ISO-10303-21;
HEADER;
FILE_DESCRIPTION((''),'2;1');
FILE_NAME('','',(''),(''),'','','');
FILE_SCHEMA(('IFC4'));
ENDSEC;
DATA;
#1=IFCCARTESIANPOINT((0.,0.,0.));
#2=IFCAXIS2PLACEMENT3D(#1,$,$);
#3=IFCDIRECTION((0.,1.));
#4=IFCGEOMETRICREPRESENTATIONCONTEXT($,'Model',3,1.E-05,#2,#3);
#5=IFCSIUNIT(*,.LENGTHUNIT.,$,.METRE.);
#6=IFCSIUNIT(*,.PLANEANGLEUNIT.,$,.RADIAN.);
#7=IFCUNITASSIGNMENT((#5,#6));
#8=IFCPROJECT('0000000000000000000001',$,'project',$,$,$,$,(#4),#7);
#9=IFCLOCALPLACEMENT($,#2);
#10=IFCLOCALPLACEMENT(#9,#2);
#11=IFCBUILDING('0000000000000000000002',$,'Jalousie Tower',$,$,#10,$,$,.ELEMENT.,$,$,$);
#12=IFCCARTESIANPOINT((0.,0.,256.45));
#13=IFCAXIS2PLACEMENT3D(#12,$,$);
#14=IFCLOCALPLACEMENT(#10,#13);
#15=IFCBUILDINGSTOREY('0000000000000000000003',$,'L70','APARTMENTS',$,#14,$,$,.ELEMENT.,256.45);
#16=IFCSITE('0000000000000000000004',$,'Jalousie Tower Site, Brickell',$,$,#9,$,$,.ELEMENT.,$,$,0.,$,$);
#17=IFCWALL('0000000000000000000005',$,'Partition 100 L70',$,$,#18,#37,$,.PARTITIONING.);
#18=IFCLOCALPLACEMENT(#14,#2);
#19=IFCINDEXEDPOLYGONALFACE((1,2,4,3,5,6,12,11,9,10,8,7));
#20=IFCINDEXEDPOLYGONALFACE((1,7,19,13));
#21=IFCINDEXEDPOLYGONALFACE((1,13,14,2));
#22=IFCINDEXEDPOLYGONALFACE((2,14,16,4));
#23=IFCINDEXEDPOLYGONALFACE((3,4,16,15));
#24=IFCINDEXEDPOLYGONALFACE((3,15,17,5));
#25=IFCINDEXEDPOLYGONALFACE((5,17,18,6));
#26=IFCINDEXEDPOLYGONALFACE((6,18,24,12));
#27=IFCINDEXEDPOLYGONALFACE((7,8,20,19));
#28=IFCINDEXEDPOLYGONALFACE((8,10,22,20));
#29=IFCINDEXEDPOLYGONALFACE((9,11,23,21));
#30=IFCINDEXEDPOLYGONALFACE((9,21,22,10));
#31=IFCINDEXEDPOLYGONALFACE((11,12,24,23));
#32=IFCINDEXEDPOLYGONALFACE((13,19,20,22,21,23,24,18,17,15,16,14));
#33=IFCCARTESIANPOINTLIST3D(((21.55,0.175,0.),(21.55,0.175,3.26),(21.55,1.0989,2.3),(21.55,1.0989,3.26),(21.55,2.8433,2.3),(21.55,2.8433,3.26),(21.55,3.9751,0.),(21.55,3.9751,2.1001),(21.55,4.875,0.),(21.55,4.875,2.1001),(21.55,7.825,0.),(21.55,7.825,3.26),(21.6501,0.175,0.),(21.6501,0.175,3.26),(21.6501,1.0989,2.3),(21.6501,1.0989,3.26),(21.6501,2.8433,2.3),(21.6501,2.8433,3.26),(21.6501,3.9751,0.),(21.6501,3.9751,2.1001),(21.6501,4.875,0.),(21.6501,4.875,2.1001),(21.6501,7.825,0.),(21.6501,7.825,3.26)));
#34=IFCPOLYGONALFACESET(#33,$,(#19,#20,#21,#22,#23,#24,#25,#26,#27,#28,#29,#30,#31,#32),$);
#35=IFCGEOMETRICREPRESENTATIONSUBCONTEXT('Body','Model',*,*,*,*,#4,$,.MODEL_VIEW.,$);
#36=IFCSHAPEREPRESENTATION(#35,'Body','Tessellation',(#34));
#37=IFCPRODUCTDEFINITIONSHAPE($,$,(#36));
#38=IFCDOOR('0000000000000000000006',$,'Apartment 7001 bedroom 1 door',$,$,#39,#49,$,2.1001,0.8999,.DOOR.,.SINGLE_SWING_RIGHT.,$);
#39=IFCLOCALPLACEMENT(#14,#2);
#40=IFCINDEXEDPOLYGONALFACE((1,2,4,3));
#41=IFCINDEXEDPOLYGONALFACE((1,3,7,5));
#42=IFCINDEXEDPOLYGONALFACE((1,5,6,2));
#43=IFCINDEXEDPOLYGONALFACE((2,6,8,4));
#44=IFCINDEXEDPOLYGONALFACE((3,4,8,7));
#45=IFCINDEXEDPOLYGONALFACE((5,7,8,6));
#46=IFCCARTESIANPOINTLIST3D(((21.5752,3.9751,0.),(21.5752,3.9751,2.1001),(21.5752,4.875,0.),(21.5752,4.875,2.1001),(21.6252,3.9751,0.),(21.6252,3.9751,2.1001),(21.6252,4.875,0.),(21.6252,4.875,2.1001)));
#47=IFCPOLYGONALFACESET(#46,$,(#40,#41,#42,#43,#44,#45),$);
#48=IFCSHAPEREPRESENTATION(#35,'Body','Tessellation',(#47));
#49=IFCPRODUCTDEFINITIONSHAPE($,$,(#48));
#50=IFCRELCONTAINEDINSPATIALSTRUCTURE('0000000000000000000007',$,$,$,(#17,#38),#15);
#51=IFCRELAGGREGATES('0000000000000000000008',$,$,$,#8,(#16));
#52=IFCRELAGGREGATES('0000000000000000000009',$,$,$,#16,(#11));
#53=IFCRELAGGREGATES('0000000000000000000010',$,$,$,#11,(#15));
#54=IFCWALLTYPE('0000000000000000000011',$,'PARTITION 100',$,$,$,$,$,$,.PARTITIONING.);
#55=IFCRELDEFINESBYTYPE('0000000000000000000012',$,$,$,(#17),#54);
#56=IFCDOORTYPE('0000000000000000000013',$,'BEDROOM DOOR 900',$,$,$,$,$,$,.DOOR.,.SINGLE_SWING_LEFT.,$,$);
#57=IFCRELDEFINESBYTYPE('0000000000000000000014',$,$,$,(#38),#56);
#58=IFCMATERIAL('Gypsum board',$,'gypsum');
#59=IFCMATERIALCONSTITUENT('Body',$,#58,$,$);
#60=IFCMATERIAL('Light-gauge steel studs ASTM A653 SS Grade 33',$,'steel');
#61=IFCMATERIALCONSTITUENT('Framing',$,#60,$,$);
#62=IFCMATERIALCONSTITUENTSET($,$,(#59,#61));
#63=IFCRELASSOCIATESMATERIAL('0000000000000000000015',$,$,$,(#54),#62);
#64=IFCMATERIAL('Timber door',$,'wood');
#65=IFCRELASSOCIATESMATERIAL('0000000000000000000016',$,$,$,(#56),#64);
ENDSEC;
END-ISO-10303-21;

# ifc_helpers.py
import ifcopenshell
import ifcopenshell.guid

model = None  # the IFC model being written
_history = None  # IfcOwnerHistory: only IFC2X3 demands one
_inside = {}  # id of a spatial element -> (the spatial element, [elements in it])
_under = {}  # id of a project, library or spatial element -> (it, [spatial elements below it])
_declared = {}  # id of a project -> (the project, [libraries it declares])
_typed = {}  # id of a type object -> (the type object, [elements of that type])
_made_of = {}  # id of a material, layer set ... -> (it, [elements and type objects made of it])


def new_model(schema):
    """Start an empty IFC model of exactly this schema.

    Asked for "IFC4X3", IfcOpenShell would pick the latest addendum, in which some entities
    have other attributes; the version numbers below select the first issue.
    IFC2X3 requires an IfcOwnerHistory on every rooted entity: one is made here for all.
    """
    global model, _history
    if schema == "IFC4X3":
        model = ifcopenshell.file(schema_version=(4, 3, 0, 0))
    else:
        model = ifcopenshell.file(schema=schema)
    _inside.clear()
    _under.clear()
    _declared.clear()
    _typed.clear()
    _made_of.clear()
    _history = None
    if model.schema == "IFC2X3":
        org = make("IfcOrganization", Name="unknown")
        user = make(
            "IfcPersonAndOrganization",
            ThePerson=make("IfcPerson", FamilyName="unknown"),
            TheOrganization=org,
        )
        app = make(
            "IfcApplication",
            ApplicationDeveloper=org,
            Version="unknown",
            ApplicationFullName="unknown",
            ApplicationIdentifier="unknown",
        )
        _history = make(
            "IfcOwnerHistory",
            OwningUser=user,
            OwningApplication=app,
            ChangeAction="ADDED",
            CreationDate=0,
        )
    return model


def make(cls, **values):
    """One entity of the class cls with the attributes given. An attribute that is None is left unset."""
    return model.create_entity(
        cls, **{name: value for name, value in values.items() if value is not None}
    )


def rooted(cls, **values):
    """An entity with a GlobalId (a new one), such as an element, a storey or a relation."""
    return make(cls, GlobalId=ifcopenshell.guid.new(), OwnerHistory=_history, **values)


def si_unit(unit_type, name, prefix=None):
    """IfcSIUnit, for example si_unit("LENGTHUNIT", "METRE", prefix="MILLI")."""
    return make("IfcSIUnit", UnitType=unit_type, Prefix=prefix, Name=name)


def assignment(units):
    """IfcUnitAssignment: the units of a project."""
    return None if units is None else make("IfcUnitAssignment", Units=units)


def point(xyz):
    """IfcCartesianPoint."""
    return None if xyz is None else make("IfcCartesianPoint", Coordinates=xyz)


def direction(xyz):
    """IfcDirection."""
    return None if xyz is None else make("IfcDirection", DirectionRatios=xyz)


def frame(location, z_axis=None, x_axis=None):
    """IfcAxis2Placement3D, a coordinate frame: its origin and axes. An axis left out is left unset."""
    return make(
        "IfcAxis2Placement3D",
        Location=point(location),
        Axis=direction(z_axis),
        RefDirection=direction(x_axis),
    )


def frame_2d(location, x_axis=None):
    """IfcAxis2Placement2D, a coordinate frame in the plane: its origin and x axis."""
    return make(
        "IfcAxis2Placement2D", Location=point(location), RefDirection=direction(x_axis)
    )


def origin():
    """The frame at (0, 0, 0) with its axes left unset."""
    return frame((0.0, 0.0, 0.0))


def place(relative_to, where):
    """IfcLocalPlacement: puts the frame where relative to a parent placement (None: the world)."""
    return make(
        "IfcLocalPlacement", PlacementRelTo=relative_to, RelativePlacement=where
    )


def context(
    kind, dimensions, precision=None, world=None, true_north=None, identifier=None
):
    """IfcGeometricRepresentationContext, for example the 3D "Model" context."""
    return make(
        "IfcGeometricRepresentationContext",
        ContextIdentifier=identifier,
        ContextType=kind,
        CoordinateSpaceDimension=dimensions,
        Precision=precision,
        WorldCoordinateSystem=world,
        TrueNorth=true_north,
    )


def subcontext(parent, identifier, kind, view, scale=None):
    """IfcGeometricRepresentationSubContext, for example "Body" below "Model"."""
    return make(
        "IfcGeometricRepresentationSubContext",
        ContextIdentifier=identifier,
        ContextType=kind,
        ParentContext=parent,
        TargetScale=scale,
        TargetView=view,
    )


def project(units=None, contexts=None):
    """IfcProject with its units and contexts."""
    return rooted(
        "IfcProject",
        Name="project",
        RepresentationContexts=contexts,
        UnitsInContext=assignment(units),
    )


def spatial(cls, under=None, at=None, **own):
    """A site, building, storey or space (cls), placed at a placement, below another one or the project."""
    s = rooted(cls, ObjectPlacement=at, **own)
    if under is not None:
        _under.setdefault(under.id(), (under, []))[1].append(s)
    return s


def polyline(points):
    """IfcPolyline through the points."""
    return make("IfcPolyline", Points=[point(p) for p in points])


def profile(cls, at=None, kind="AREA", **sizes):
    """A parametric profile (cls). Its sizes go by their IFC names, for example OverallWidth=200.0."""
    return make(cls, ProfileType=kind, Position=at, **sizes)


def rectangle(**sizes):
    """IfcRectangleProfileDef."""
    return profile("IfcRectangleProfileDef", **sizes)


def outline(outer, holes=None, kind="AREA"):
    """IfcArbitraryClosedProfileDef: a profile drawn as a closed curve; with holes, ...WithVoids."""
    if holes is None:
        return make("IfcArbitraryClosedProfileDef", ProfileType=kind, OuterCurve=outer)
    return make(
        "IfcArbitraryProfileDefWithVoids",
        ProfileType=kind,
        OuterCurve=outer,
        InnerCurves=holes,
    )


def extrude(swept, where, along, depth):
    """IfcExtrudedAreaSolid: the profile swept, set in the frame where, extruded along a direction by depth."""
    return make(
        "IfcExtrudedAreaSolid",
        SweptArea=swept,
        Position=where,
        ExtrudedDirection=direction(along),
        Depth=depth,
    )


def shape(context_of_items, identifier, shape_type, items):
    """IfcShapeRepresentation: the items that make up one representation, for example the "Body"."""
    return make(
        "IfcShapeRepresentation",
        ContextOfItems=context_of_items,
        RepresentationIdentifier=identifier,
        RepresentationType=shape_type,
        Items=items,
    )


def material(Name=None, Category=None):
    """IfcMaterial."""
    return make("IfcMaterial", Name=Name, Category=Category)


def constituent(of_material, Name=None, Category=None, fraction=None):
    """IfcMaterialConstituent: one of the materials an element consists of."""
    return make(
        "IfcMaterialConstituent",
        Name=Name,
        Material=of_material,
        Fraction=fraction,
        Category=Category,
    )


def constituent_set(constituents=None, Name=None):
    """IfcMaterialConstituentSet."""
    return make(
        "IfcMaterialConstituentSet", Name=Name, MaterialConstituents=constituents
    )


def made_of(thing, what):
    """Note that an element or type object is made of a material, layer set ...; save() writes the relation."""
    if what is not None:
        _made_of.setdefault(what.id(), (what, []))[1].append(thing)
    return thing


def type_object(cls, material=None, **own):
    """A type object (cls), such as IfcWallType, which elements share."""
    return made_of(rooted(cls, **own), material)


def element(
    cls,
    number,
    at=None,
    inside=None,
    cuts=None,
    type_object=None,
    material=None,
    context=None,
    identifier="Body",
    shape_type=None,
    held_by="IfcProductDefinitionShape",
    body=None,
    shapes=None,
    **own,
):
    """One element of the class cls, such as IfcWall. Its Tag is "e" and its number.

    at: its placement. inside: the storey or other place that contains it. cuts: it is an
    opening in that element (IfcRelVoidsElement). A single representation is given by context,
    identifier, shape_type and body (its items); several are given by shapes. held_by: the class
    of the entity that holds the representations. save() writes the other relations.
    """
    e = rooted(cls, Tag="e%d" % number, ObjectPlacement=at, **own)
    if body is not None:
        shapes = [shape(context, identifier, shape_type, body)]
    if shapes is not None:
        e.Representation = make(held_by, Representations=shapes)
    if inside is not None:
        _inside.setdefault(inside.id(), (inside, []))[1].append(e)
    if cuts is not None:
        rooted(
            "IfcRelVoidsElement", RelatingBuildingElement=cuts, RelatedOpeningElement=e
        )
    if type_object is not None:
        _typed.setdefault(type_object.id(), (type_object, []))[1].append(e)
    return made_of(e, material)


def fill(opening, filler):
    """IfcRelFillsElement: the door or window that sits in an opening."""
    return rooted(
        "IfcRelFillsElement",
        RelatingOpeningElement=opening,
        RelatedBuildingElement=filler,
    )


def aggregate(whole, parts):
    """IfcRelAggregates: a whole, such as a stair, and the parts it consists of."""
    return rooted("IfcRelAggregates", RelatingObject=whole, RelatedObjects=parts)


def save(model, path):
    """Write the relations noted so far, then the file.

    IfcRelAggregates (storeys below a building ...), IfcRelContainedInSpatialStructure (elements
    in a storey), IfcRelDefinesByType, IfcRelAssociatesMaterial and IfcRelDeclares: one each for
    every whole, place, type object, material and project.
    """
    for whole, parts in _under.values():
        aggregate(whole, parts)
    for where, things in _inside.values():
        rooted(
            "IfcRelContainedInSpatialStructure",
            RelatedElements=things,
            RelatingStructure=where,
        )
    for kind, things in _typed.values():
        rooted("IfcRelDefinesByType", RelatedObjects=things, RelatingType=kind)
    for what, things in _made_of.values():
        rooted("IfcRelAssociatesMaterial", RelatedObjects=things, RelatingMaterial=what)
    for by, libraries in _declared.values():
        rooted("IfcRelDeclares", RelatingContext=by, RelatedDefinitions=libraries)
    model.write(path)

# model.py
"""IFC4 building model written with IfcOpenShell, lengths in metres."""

from ifc_helpers import new_model, si_unit, direction, frame, frame_2d, origin, place, context, subcontext, project, spatial, polyline, rectangle, outline, extrude, material, constituent, constituent_set, type_object, element, fill, save


model = new_model("IFC4")

# Units and contexts
model_context = context("Model", 3, precision=1e-05, world=origin(), true_north=direction((0.0, 1.0)))
body_context = subcontext(model_context, "Body", "Model", "MODEL_VIEW")
ifc_project = project(units=[si_unit("LENGTHUNIT", "METRE"), si_unit("PLANEANGLEUNIT", "RADIAN")], contexts=[model_context])

# Site, building, storey
site_placement = place(None, origin())
site = spatial("IfcSite", under=ifc_project, at=site_placement, Name="Jalousie Tower Site, Brickell", CompositionType="ELEMENT", RefElevation=0.0)
building_placement = place(site_placement, origin())
building = spatial("IfcBuilding", under=site, at=building_placement, Name="Jalousie Tower", CompositionType="ELEMENT")
storey_placement = place(building_placement, frame((0.0, 0.0, 256.45)))
storey = spatial("IfcBuildingStorey", under=building, at=storey_placement, Name="L70", Description="APARTMENTS", CompositionType="ELEMENT", Elevation=256.45)

# Wall, opening, door
ifc_material_1 = material(Name="Gypsum board", Category="gypsum")
ifc_constituent_1 = constituent(ifc_material_1, Name="Body")
ifc_material_2 = material(Name="Light-gauge steel studs ASTM A653 SS Grade 33", Category="steel")
ifc_constituent_2 = constituent(ifc_material_2, Name="Framing")
ifc_constituent_set_1 = constituent_set(constituents=[ifc_constituent_1, ifc_constituent_2])
wall_type_1 = type_object("IfcWallType", Name="PARTITION 100", PredefinedType="PARTITIONING", material=ifc_constituent_set_1)
wall_1_placement = place(storey_placement, frame((21.6001, 0.175, 0.0), z_axis=(0.0, 0.0, 1.0), x_axis=(0.0, 1.0, 0.0)))
wall_1 = element("IfcWall", 1, at=wall_1_placement, inside=storey, type_object=wall_type_1, Name="Partition 100 L70", PredefinedType="PARTITIONING", context=body_context, shape_type="SweptSolid", body=[
    extrude(outline(polyline([(0.0, 0.0), (7.6499, 0.0), (7.6499, 3.26), (2.6682, 3.26), (2.6682, 2.3), (0.9238, 2.3), (0.9238, 3.26), (0.0, 3.26), (0.0, 0.0)])), frame((0.0, 0.05, 0.0), z_axis=(0.0, -1.0, 0.0), x_axis=(1.0, 0.0, 0.0)), (0.0, 0.0, 1.0), 0.1001),
])
opening_1_placement = place(wall_1_placement, frame((3.8, 0.0, 0.0)))
opening_1 = element("IfcOpeningElement", 2, at=opening_1_placement, cuts=wall_1, PredefinedType="OPENING", context=body_context, shape_type="SweptSolid", body=[
    extrude(rectangle(XDim=0.8999, YDim=2.1001, at=frame_2d((0.45, 1.05))), frame((0.0, 0.0601, 0.0), z_axis=(0.0, -1.0, 0.0), x_axis=(1.0, 0.0, 0.0)), (0.0, 0.0, 1.0), 0.1201),
])
ifc_material_3 = material(Name="Timber door", Category="wood")
door_type_1 = type_object("IfcDoorType", Name="BEDROOM DOOR 900", OperationType="SINGLE_SWING_LEFT", PredefinedType="DOOR", material=ifc_material_3)
door_1_placement = place(opening_1_placement, origin())
door_1 = element("IfcDoor", 3, at=door_1_placement, inside=storey, type_object=door_type_1, Name="Apartment 7001 bedroom 1 door", OperationType="SINGLE_SWING_RIGHT", OverallHeight=2.1001, OverallWidth=0.8999, PredefinedType="DOOR", context=body_context, shape_type="SweptSolid", body=[
    extrude(rectangle(XDim=0.8999, YDim=2.1001, at=frame_2d((0.45, 1.05))), frame((0.0, 0.0249, 0.0), z_axis=(0.0, -1.0, 0.0), x_axis=(1.0, 0.0, 0.0)), (0.0, 0.0, 1.0), 0.05),
])
fill(opening_1, door_1)

save(model, "model.ifc")
